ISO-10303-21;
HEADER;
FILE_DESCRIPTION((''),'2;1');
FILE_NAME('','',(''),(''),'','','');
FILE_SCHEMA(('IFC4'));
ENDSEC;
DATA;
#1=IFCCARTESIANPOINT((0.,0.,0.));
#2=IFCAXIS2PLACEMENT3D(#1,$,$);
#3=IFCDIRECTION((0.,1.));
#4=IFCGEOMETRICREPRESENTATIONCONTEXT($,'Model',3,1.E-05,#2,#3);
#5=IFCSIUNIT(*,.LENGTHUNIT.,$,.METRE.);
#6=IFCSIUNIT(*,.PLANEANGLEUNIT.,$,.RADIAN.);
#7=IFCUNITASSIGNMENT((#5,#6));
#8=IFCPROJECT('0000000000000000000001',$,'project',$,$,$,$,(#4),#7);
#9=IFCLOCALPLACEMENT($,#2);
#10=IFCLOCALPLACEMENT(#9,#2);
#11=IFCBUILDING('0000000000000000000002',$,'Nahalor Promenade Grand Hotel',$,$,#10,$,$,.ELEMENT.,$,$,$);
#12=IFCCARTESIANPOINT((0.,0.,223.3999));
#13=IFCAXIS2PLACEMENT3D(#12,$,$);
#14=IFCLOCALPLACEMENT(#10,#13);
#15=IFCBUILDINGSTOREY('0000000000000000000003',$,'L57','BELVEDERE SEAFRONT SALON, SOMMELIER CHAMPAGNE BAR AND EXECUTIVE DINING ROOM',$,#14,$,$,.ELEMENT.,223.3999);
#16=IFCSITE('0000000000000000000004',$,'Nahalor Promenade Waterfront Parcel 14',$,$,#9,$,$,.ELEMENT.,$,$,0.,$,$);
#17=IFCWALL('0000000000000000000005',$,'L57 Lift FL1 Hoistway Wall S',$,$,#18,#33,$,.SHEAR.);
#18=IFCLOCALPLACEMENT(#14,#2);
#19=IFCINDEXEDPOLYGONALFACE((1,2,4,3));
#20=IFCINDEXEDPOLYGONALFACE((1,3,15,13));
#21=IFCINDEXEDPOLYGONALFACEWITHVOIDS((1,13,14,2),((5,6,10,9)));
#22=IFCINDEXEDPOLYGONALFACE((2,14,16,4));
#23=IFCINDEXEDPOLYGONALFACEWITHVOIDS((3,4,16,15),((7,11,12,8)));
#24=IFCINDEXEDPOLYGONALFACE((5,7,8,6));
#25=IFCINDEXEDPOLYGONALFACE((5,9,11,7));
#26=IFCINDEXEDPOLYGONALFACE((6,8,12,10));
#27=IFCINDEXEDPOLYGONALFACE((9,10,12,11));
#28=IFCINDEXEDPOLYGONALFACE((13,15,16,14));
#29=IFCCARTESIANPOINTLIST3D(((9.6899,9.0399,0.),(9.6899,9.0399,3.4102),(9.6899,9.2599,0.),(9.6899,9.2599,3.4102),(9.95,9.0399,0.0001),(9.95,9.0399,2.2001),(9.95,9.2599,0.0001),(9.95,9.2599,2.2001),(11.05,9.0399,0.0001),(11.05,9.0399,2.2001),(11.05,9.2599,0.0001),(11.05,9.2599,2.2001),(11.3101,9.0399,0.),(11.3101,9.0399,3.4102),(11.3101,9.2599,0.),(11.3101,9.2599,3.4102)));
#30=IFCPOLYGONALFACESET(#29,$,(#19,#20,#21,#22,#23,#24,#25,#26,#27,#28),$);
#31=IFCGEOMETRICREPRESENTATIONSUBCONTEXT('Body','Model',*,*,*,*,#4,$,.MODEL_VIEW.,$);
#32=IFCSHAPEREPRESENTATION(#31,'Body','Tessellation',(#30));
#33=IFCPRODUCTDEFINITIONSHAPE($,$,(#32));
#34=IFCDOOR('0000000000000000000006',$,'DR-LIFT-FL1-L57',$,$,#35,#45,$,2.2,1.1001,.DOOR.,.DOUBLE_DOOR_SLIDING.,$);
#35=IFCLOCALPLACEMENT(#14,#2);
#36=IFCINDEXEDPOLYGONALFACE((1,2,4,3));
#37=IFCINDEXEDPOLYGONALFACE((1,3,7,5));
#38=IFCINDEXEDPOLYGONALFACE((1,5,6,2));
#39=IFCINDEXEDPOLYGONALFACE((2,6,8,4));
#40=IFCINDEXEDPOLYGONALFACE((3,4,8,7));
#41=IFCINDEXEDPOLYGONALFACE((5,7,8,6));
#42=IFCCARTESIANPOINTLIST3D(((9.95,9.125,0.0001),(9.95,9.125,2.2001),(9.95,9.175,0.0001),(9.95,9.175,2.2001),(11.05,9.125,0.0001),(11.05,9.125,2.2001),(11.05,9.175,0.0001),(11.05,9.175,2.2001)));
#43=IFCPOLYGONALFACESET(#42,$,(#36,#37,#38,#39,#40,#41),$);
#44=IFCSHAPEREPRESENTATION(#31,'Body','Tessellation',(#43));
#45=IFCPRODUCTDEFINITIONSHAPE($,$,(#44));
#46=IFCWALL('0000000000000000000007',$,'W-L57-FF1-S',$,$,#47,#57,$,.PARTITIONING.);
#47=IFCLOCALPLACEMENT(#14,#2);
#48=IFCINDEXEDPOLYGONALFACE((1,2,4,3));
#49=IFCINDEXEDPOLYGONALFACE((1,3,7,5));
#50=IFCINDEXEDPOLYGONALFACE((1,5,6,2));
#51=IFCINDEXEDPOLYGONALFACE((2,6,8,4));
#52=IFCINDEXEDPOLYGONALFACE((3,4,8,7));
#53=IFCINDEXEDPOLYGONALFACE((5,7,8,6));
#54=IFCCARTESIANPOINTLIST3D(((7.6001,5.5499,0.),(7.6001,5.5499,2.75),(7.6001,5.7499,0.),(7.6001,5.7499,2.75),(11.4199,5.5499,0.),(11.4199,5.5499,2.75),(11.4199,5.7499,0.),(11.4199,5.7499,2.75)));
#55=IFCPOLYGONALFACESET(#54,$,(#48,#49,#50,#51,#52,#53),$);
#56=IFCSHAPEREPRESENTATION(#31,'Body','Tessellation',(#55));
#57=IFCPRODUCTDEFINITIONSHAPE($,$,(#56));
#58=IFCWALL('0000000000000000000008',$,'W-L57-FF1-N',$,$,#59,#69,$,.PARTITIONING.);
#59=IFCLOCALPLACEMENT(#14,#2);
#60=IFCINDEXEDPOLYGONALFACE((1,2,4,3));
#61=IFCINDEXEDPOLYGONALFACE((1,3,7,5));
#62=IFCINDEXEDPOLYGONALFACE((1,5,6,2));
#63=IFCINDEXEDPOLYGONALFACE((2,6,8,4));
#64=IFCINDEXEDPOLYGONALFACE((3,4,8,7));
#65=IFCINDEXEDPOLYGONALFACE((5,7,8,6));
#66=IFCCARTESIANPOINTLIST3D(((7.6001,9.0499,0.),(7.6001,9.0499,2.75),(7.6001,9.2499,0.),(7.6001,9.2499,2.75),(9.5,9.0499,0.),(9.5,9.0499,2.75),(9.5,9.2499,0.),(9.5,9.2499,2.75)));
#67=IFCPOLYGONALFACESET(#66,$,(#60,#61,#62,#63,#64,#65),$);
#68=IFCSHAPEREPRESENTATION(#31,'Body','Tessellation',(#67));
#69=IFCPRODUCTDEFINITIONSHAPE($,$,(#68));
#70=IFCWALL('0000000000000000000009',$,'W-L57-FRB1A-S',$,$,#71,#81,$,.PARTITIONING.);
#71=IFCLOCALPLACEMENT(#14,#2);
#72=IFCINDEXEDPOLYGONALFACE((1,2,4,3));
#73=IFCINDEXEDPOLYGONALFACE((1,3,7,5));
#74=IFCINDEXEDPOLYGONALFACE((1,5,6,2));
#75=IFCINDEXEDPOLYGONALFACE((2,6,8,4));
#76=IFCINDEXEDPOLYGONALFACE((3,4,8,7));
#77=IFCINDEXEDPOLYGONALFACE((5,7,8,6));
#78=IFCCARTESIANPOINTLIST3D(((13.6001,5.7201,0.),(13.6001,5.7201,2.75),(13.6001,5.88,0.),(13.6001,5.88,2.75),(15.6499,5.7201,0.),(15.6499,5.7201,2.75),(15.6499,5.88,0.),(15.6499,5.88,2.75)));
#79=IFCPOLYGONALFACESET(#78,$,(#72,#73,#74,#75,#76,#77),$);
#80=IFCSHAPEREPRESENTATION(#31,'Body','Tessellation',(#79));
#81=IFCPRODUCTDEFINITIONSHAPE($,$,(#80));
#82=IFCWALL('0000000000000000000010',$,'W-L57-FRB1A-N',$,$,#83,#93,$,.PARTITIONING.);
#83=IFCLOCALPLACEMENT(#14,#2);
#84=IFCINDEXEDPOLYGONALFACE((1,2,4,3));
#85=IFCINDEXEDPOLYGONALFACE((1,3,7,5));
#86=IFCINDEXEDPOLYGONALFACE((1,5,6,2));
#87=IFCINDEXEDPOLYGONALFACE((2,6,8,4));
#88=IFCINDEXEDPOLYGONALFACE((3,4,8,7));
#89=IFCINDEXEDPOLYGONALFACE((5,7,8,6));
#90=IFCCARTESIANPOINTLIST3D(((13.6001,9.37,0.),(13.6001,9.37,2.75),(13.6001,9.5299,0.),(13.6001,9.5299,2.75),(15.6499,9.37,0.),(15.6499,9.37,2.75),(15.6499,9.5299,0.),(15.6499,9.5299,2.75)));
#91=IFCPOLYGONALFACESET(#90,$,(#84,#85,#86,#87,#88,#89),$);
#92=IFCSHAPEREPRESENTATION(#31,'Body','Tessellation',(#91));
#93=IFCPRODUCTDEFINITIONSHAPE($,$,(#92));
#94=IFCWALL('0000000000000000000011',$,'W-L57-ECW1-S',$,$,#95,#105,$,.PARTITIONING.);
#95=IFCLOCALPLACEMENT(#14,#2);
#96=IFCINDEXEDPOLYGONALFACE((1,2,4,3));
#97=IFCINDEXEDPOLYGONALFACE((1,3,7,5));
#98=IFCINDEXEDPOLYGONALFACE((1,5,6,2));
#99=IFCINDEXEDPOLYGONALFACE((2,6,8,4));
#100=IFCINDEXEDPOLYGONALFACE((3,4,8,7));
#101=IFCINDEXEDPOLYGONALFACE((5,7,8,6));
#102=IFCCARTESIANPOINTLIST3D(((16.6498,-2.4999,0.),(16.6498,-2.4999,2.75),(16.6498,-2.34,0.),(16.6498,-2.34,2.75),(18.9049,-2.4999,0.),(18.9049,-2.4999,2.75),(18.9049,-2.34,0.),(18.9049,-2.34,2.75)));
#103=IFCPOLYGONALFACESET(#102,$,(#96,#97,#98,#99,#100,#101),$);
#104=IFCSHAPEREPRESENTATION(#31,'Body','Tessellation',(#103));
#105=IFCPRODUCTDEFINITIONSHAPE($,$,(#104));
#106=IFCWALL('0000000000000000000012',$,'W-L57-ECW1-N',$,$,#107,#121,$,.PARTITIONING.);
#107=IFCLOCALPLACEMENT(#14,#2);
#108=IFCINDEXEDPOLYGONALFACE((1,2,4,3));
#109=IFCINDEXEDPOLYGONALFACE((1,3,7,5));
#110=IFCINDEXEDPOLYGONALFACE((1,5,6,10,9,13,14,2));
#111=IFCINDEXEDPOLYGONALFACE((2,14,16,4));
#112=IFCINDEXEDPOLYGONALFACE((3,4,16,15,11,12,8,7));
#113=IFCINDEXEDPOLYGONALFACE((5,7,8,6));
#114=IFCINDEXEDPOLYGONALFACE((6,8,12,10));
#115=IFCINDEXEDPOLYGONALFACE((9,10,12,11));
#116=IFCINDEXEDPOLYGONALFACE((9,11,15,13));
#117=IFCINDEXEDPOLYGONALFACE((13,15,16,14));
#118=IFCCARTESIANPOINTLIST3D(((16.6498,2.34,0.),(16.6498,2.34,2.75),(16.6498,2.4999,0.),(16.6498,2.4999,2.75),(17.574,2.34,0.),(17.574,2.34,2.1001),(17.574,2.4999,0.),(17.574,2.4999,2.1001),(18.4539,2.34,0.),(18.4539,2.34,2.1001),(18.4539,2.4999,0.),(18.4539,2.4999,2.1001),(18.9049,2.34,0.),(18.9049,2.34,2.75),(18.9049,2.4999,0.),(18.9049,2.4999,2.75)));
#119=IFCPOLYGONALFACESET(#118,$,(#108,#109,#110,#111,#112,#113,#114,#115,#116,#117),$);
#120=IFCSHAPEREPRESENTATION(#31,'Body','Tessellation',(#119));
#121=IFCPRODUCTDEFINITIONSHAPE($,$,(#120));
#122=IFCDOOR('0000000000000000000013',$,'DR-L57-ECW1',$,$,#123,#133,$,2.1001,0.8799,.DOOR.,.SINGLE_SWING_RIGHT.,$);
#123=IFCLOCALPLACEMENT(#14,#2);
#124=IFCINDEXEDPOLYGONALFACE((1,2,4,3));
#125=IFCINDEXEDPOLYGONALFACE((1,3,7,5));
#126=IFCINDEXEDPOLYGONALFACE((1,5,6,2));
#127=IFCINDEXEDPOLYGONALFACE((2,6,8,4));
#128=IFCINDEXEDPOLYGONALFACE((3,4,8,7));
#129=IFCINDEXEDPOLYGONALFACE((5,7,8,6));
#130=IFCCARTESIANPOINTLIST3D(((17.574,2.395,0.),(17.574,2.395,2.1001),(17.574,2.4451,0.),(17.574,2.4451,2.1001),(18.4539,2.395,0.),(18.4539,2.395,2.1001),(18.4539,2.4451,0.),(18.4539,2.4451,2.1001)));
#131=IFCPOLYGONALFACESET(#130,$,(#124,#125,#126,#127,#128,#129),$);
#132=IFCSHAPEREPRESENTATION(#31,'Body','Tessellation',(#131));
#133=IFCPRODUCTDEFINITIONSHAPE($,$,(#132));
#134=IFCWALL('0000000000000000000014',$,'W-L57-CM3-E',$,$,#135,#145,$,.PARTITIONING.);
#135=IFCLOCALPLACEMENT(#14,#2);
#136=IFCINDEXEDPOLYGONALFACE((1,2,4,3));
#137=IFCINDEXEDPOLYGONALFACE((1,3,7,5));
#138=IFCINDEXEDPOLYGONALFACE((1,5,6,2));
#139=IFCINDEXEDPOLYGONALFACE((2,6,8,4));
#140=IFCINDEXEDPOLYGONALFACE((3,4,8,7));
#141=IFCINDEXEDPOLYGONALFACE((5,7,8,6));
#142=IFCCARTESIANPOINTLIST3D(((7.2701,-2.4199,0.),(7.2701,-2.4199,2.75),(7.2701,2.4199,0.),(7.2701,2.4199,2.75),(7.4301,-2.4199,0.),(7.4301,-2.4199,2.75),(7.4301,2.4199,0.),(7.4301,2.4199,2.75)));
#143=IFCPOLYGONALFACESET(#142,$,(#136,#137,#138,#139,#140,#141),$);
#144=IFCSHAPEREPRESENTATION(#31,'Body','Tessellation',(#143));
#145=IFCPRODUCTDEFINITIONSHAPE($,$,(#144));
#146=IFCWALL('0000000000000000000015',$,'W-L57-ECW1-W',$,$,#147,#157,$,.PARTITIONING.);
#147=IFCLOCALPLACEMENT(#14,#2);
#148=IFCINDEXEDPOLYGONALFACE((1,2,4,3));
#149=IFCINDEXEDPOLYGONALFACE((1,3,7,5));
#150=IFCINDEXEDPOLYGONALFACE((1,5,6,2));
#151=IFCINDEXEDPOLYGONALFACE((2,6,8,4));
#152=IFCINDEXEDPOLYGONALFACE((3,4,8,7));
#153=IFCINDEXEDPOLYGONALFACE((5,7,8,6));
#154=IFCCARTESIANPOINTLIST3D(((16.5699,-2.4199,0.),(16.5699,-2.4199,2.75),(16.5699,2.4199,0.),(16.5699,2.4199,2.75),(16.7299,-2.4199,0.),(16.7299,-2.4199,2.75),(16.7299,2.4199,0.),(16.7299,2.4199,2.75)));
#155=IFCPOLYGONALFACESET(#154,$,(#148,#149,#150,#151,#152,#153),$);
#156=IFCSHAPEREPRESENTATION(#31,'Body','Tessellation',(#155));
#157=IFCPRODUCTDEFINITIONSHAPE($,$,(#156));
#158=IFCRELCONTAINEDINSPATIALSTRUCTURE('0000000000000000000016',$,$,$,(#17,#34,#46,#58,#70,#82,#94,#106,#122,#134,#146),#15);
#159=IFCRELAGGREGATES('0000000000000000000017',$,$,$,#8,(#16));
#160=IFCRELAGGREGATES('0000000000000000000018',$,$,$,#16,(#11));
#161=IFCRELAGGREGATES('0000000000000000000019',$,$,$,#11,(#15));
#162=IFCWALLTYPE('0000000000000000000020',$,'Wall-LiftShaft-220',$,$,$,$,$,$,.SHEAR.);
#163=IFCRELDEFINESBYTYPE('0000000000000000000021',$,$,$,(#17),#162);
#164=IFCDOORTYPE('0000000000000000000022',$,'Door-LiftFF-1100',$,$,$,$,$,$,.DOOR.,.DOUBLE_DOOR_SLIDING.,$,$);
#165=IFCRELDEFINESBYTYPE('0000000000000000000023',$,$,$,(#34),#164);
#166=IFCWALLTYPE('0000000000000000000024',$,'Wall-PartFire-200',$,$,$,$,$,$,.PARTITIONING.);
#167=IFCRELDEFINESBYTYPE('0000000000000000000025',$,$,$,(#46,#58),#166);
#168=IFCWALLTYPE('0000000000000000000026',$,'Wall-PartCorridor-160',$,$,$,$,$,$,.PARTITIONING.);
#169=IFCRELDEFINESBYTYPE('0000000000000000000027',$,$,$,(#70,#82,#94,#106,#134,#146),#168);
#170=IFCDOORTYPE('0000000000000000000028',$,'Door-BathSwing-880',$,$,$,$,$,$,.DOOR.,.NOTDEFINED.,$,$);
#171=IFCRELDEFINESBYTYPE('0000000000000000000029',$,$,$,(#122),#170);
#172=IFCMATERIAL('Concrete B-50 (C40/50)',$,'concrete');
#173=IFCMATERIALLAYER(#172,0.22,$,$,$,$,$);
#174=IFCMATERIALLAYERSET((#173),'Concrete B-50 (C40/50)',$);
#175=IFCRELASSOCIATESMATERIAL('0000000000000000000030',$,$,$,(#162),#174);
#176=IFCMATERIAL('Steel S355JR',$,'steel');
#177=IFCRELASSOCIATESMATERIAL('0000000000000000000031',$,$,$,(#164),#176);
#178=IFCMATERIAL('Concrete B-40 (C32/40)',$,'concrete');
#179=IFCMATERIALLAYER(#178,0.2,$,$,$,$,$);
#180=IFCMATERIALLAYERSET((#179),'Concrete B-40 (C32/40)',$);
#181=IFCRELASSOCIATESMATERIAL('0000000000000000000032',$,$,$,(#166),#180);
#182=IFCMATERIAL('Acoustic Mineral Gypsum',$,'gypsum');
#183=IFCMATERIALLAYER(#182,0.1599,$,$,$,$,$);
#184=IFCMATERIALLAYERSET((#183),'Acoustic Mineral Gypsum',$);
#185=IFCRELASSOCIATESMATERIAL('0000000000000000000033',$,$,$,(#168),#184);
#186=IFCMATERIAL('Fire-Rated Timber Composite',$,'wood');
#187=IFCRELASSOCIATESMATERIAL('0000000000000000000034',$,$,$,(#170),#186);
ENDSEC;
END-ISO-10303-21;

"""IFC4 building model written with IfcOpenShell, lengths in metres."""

from ifc_helpers import new_model, si_unit, direction, frame, frame_2d, origin, place, context, subcontext, project, spatial, rectangle, extrude, source, transform, mapped, material, layer, layer_set, type_object, element, fill, save


model = new_model("IFC4")

# Units and contexts
model_context = context("Model", 3, precision=1e-05, world=origin(), true_north=direction((0.0, 1.0)))
body_context = subcontext(model_context, "Body", "Model", "MODEL_VIEW")
ifc_project = project(units=[si_unit("LENGTHUNIT", "METRE"), si_unit("PLANEANGLEUNIT", "RADIAN")], contexts=[model_context])

# Site, building, storey
site_placement = place(None, origin())
site = spatial("IfcSite", under=ifc_project, at=site_placement, Name="Nahalor Promenade Waterfront Parcel 14", CompositionType="ELEMENT", RefElevation=0.0)
building_placement = place(site_placement, origin())
building = spatial("IfcBuilding", under=site, at=building_placement, Name="Nahalor Promenade Grand Hotel", CompositionType="ELEMENT")
storey_placement = place(building_placement, frame((0.0, 0.0, 223.3999)))
storey = spatial("IfcBuildingStorey", under=building, at=storey_placement, Name="L57", Description="BELVEDERE SEAFRONT SALON, SOMMELIER CHAMPAGNE BAR AND EXECUTIVE DINING ROOM", CompositionType="ELEMENT", Elevation=223.3999)

# Shared definitions
ifc_material_1 = material(Name="Steel S355JR", Category="steel")

# Shared definitions
ifc_material_2 = material(Name="Concrete B-50 (C40/50)", Category="concrete")

# Shared definitions
ifc_layer_1 = layer(ifc_material_2, 0.22)
ifc_layer_set_1 = layer_set([ifc_layer_1], Name="Concrete B-50 (C40/50)")
wall_type_1 = type_object("IfcWallType", Name="Wall-LiftShaft-220", PredefinedType="SHEAR", material=ifc_layer_set_1)

# Wall, opening, door
shared_shape_1 = source(origin(), body_context, "Body", "SweptSolid", [
    extrude(rectangle(XDim=1.6201, YDim=0.22, at=frame_2d((0.8101, 0.0))), origin(), (0.0, 0.0, 1.0), 3.4102),
])
wall_1_placement = place(storey_placement, frame((9.6899, 9.1499, 0.0), z_axis=(0.0, 0.0, 1.0), x_axis=(1.0, 0.0, 0.0)))
wall_1 = element("IfcWall", 1, at=wall_1_placement, inside=storey, type_object=wall_type_1, Name="L57 Lift FL1 Hoistway Wall S", PredefinedType="SHEAR", context=body_context, shape_type="MappedRepresentation", body=[
    mapped(shared_shape_1, transform((0.0, 0.0, 0.0), scale=1.0)),
])
opening_1_placement = place(wall_1_placement, frame((0.26, 0.0, 0.0)))
opening_1 = element("IfcOpeningElement", 2, at=opening_1_placement, cuts=wall_1, PredefinedType="OPENING", context=body_context, shape_type="SweptSolid", body=[
    extrude(rectangle(XDim=1.1001, YDim=2.2, at=frame_2d((0.55, 1.1001))), frame((0.0, 0.1199, 0.0), z_axis=(0.0, -1.0, 0.0), x_axis=(1.0, 0.0, 0.0)), (0.0, 0.0, 1.0), 0.24),
])
door_type_1 = type_object("IfcDoorType", Name="Door-LiftFF-1100", OperationType="DOUBLE_DOOR_SLIDING", PredefinedType="DOOR", material=ifc_material_1)
shared_shape_2 = source(origin(), body_context, "Body", "SweptSolid", [
    extrude(rectangle(XDim=1.1001, YDim=2.2, at=frame_2d((0.55, 1.1001))), frame((0.0, 0.0249, 0.0), z_axis=(0.0, -1.0, 0.0), x_axis=(1.0, 0.0, 0.0)), (0.0, 0.0, 1.0), 0.05),
])
door_1_placement = place(opening_1_placement, frame((1.1001, 0.0, 0.0), z_axis=(0.0, 0.0, 1.0), x_axis=(-1.0, 0.0, 0.0)))
door_1 = element("IfcDoor", 3, at=door_1_placement, inside=storey, type_object=door_type_1, Name="DR-LIFT-FL1-L57", OperationType="DOUBLE_DOOR_SLIDING", OverallHeight=2.2, OverallWidth=1.1001, PredefinedType="DOOR", context=body_context, shape_type="MappedRepresentation", body=[
    mapped(shared_shape_2, transform((0.0, 0.0, 0.0), scale=1.0)),
])
fill(opening_1, door_1)

# Walls
ifc_material_3 = material(Name="Concrete B-40 (C32/40)", Category="concrete")
ifc_layer_2 = layer(ifc_material_3, 0.2)
ifc_layer_set_2 = layer_set([ifc_layer_2], Name="Concrete B-40 (C32/40)")
wall_type_2 = type_object("IfcWallType", Name="Wall-PartFire-200", PredefinedType="PARTITIONING", material=ifc_layer_set_2)
shared_shape_3 = source(origin(), body_context, "Body", "SweptSolid", [
    extrude(rectangle(XDim=3.8198, YDim=0.2, at=frame_2d((1.9099, 0.0))), origin(), (0.0, 0.0, 1.0), 2.75),
])
wall_2_placement = place(storey_placement, frame((7.6001, 5.6499, 0.0), z_axis=(0.0, 0.0, 1.0), x_axis=(1.0, 0.0, 0.0)))
element("IfcWall", 4, at=wall_2_placement, inside=storey, type_object=wall_type_2, Name="W-L57-FF1-S", PredefinedType="PARTITIONING", context=body_context, shape_type="MappedRepresentation", body=[
    mapped(shared_shape_3, transform((0.0, 0.0, 0.0), scale=1.0)),
])
shared_shape_4 = source(origin(), body_context, "Body", "SweptSolid", [
    extrude(rectangle(XDim=1.8999, YDim=0.2, at=frame_2d((0.95, 0.0))), origin(), (0.0, 0.0, 1.0), 2.75),
])
wall_3_placement = place(storey_placement, frame((7.6001, 9.1499, 0.0), z_axis=(0.0, 0.0, 1.0), x_axis=(1.0, 0.0, 0.0)))
element("IfcWall", 5, at=wall_3_placement, inside=storey, type_object=wall_type_2, Name="W-L57-FF1-N", PredefinedType="PARTITIONING", context=body_context, shape_type="MappedRepresentation", body=[
    mapped(shared_shape_4, transform((0.0, 0.0, 0.0), scale=1.0)),
])

# Walls
ifc_material_4 = material(Name="Acoustic Mineral Gypsum", Category="gypsum")
ifc_layer_3 = layer(ifc_material_4, 0.1599)
ifc_layer_set_3 = layer_set([ifc_layer_3], Name="Acoustic Mineral Gypsum")
wall_type_3 = type_object("IfcWallType", Name="Wall-PartCorridor-160", PredefinedType="PARTITIONING", material=ifc_layer_set_3)
shared_shape_5 = source(origin(), body_context, "Body", "SweptSolid", [
    extrude(rectangle(XDim=2.0498, YDim=0.1599, at=frame_2d((1.0249, 0.0))), origin(), (0.0, 0.0, 1.0), 2.75),
])
for number, where, z_axis, x_axis, name in (
    (6, (13.6001, 5.8, 0.0), (0.0, 0.0, 1.0), (1.0, 0.0, 0.0), "W-L57-FRB1A-S"),
    (7, (13.6001, 9.45, 0.0), (0.0, 0.0, 1.0), (1.0, 0.0, 0.0), "W-L57-FRB1A-N"),
):
    element("IfcWall", number, at=place(storey_placement, frame(where, z_axis=z_axis, x_axis=x_axis)), inside=storey, type_object=wall_type_3, Name=name, PredefinedType="PARTITIONING", context=body_context, shape_type="MappedRepresentation", body=[
        mapped(shared_shape_5, transform((0.0, 0.0, 0.0), scale=1.0)),
    ])
shared_shape_6 = source(origin(), body_context, "Body", "SweptSolid", [
    extrude(rectangle(XDim=2.2551, YDim=0.1599, at=frame_2d((1.1274, 0.0))), origin(), (0.0, 0.0, 1.0), 2.75),
])
wall_4_placement = place(storey_placement, frame((16.6499, -2.4199, 0.0), z_axis=(0.0, 0.0, 1.0), x_axis=(1.0, 0.0, 0.0)))
element("IfcWall", 8, at=wall_4_placement, inside=storey, type_object=wall_type_3, Name="W-L57-ECW1-S", PredefinedType="PARTITIONING", context=body_context, shape_type="MappedRepresentation", body=[
    mapped(shared_shape_6, transform((0.0, 0.0, 0.0), scale=1.0)),
])

# Wall, opening, door
wall_5_placement = place(storey_placement, frame((16.6499, 2.4199, 0.0), z_axis=(0.0, 0.0, 1.0), x_axis=(1.0, 0.0, 0.0)))
wall_5 = element("IfcWall", 9, at=wall_5_placement, inside=storey, type_object=wall_type_3, Name="W-L57-ECW1-N", PredefinedType="PARTITIONING", context=body_context, shape_type="MappedRepresentation", body=[
    mapped(shared_shape_6, transform((0.0, 0.0, 0.0), scale=1.0)),
])
opening_2_placement = place(wall_5_placement, frame((0.9241, 0.0, 0.0)))
opening_2 = element("IfcOpeningElement", 10, at=opening_2_placement, cuts=wall_5, PredefinedType="OPENING", context=body_context, shape_type="SweptSolid", body=[
    extrude(rectangle(XDim=0.8799, YDim=2.1001, at=frame_2d((0.4399, 1.05))), frame((0.0, 0.0898, 0.0), z_axis=(0.0, -1.0, 0.0), x_axis=(1.0, 0.0, 0.0)), (0.0, 0.0, 1.0), 0.1799),
])
ifc_material_5 = material(Name="Fire-Rated Timber Composite", Category="wood")
door_type_2 = type_object("IfcDoorType", Name="Door-BathSwing-880", OperationType="NOTDEFINED", PredefinedType="DOOR", material=ifc_material_5)
shared_shape_7 = source(origin(), body_context, "Body", "SweptSolid", [
    extrude(rectangle(XDim=0.8799, YDim=2.1001, at=frame_2d((0.4399, 1.05))), frame((0.0, 0.0249, 0.0), z_axis=(0.0, -1.0, 0.0), x_axis=(1.0, 0.0, 0.0)), (0.0, 0.0, 1.0), 0.05),
])
door_2_placement = place(opening_2_placement, frame((0.8799, 0.0, 0.0), z_axis=(0.0, 0.0, 1.0), x_axis=(-1.0, 0.0, 0.0)))
door_2 = element("IfcDoor", 11, at=door_2_placement, inside=storey, type_object=door_type_2, Name="DR-L57-ECW1", OperationType="SINGLE_SWING_RIGHT", OverallHeight=2.1001, OverallWidth=0.8799, PredefinedType="DOOR", context=body_context, shape_type="MappedRepresentation", body=[
    mapped(shared_shape_7, transform((0.0, 0.0, 0.0), scale=1.0)),
])
fill(opening_2, door_2)

# Walls
shared_shape_8 = source(origin(), body_context, "Body", "SweptSolid", [
    extrude(rectangle(XDim=4.8398, YDim=0.1599, at=frame_2d((2.4199, 0.0))), origin(), (0.0, 0.0, 1.0), 2.75),
])
for number, where, z_axis, x_axis, name in (
    (12, (7.3501, -2.4199, 0.0), (0.0, 0.0, 1.0), (0.0, 1.0, 0.0), "W-L57-CM3-E"),
    (13, (16.6499, -2.4199, 0.0), (0.0, 0.0, 1.0), (0.0, 1.0, 0.0), "W-L57-ECW1-W"),
):
    element("IfcWall", number, at=place(storey_placement, frame(where, z_axis=z_axis, x_axis=x_axis)), inside=storey, type_object=wall_type_3, Name=name, PredefinedType="PARTITIONING", context=body_context, shape_type="MappedRepresentation", body=[
        mapped(shared_shape_8, transform((0.0, 0.0, 0.0), scale=1.0)),
    ])

save(model, "model.ifc")
